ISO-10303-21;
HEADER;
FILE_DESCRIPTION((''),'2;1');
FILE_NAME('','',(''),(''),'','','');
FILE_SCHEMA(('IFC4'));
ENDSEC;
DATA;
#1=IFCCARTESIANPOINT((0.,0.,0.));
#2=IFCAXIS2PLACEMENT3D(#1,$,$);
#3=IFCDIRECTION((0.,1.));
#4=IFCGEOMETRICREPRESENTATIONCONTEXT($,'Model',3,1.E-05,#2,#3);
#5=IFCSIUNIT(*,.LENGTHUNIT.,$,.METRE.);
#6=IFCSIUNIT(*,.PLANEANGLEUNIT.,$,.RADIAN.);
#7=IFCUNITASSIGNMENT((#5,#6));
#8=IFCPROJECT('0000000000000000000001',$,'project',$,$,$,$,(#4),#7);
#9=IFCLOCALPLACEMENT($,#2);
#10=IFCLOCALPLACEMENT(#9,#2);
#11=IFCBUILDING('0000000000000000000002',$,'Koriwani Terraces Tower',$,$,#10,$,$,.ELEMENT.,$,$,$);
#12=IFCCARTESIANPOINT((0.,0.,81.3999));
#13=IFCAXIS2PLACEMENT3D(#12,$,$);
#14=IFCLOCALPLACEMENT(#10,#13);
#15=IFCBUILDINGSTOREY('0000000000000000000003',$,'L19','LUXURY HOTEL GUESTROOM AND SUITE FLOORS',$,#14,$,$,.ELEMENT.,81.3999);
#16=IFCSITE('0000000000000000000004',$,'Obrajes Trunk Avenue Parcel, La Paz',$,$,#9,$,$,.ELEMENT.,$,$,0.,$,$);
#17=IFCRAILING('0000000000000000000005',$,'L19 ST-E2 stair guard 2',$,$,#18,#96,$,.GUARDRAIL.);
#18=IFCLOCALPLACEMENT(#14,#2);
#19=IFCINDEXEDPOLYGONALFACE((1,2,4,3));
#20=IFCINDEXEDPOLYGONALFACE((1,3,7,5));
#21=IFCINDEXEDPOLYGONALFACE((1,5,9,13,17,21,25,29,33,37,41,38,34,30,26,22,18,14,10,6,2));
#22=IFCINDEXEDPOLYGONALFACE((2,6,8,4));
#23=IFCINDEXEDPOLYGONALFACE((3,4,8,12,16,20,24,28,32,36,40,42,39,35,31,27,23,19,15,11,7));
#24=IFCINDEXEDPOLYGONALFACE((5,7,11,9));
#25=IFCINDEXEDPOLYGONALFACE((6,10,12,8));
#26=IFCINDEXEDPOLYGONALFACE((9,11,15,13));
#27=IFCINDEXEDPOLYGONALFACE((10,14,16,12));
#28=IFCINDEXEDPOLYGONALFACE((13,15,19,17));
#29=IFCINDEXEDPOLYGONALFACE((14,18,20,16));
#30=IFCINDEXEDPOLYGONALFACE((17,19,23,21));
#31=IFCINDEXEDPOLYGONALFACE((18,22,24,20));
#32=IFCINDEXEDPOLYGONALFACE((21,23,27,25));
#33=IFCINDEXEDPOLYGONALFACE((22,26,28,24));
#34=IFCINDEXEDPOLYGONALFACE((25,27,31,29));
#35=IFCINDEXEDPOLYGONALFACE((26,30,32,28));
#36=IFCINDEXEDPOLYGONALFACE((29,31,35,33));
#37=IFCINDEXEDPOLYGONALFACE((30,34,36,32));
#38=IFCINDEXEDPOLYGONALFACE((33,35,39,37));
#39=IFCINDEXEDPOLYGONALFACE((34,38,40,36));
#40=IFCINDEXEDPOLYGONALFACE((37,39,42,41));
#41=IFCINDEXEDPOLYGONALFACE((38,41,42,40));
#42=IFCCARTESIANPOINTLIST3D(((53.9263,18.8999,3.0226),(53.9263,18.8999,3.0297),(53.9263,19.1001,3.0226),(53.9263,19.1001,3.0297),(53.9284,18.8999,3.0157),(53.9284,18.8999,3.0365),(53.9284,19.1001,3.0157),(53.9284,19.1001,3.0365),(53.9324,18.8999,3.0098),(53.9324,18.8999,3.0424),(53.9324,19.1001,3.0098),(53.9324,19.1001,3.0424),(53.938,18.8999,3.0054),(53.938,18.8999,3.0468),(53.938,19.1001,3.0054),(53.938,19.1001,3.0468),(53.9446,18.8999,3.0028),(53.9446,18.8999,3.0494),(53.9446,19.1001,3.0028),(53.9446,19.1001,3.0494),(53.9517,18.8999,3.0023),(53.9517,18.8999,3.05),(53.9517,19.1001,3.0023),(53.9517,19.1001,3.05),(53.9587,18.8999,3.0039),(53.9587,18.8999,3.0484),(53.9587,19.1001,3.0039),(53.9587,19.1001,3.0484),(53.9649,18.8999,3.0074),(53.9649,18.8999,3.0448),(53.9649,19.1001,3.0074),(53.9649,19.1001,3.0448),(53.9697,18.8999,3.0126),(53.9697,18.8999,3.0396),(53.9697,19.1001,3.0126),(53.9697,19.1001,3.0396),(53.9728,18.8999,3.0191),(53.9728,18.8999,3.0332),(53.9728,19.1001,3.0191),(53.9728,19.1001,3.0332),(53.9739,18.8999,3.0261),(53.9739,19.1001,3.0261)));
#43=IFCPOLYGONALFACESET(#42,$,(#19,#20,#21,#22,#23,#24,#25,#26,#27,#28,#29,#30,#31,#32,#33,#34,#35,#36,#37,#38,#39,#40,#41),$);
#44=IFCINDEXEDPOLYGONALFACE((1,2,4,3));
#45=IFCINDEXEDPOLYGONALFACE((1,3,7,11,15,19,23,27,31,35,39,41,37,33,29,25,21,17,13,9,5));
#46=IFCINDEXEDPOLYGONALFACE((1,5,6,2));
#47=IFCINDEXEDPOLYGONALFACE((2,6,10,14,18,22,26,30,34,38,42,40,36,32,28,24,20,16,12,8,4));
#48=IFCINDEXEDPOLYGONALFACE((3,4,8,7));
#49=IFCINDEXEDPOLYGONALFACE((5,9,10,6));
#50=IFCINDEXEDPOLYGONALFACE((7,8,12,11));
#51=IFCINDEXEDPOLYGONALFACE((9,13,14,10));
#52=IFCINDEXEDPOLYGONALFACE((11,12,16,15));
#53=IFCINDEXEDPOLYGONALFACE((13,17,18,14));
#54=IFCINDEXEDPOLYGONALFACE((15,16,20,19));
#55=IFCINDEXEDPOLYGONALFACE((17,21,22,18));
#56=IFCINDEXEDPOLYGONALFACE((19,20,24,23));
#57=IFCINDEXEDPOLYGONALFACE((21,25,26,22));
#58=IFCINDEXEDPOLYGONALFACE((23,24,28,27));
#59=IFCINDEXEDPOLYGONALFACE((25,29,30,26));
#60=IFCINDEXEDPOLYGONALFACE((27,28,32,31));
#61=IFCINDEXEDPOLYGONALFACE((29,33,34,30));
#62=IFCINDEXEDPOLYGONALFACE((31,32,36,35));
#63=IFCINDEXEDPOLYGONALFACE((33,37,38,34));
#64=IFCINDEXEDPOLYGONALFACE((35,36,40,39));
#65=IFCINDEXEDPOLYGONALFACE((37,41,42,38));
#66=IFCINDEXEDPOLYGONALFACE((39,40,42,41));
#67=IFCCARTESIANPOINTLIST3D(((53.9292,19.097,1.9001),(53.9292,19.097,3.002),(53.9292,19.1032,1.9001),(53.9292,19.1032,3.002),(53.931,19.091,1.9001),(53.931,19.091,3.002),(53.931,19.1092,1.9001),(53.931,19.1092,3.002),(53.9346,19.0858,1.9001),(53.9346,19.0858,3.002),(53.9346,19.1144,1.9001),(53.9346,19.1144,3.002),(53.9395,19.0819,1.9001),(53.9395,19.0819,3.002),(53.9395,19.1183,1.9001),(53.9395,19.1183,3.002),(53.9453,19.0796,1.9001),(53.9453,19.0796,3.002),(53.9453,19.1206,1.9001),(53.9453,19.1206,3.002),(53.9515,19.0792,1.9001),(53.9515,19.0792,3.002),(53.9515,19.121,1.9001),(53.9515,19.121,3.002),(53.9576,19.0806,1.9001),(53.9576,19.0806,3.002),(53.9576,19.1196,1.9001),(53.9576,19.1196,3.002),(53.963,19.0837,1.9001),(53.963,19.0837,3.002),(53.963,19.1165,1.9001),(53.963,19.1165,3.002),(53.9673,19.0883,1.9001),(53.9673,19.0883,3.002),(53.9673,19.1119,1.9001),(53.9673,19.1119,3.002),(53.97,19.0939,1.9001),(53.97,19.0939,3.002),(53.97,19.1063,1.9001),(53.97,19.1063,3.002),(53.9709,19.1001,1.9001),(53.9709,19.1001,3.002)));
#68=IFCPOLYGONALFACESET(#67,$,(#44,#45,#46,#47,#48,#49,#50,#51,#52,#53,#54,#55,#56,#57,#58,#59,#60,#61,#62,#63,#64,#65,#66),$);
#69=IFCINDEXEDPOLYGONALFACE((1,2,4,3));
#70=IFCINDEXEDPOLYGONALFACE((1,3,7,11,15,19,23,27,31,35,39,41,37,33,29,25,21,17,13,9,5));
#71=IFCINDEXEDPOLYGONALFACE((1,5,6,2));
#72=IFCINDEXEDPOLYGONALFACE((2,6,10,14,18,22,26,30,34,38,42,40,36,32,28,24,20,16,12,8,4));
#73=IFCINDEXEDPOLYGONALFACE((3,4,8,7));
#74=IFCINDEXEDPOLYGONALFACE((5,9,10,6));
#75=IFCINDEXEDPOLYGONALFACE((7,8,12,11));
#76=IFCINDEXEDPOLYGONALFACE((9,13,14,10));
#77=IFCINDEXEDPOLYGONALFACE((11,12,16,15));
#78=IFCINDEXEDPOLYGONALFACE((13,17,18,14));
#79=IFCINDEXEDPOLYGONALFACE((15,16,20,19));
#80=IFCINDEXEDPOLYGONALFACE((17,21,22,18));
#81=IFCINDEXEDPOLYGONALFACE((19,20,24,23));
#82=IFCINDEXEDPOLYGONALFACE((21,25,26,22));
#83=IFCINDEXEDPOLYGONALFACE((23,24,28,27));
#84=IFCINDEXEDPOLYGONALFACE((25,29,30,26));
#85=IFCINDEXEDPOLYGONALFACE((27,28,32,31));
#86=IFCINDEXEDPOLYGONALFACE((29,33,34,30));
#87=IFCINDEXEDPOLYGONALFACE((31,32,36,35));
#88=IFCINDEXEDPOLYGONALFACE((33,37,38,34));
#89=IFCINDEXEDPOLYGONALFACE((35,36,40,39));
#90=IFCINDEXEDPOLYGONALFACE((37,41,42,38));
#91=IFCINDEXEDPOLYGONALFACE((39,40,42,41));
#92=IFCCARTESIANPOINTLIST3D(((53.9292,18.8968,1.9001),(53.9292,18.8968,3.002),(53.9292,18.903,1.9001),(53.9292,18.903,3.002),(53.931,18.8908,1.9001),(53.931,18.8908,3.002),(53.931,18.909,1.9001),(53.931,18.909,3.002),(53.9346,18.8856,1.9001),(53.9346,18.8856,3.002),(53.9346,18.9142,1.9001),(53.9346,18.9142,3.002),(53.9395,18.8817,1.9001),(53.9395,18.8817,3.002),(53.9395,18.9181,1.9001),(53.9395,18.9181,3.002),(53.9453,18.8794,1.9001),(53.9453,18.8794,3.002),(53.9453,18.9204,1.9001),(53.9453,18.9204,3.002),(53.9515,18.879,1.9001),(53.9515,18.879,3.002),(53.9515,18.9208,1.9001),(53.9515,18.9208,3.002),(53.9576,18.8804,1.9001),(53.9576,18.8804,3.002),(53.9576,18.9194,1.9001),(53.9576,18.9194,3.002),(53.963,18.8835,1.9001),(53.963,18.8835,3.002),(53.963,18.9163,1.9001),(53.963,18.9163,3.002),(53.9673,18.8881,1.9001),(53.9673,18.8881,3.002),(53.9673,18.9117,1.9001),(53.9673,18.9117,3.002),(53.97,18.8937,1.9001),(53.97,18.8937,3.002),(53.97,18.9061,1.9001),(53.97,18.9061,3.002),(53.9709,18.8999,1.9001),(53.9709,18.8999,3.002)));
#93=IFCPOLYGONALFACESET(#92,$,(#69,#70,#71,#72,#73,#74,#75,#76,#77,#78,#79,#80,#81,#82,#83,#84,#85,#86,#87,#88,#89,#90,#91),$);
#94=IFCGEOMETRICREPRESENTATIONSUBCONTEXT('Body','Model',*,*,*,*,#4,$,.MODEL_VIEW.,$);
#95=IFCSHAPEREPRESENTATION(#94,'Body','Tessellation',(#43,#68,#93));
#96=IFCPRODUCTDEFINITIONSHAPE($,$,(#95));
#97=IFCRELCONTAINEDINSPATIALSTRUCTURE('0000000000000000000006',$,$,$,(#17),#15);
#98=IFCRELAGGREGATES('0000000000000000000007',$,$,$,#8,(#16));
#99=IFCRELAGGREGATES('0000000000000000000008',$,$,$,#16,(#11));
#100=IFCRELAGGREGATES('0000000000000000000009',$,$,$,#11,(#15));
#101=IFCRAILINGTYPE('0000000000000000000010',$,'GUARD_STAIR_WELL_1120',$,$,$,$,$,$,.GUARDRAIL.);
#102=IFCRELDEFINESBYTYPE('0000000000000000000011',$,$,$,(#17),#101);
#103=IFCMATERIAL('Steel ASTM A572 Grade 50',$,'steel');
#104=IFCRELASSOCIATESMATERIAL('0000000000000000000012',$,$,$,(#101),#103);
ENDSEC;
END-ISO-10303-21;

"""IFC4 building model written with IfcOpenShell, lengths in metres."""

from ifc_helpers import new_model, si_unit, direction, frame, origin, origin_2d, place, context, subcontext, project, spatial, circle, extrude, material, type_object, element, save


model = new_model("IFC4")

# Units and contexts
model_context = context("Model", 3, precision=1e-05, world=origin(), true_north=direction((0.0, 1.0)))
body_context = subcontext(model_context, "Body", "Model", "MODEL_VIEW")
ifc_project = project(units=[si_unit("LENGTHUNIT", "METRE"), si_unit("PLANEANGLEUNIT", "RADIAN")], contexts=[model_context])

# Site, building, storey
site_placement = place(None, origin())
site = spatial("IfcSite", under=ifc_project, at=site_placement, Name="Obrajes Trunk Avenue Parcel, La Paz", CompositionType="ELEMENT", RefElevation=0.0)
building_placement = place(site_placement, origin())
building = spatial("IfcBuilding", under=site, at=building_placement, Name="Koriwani Terraces Tower", CompositionType="ELEMENT")
storey_placement = place(building_placement, frame((0.0, 0.0, 81.3999)))
storey = spatial("IfcBuildingStorey", under=building, at=storey_placement, Name="L19", Description="LUXURY HOTEL GUESTROOM AND SUITE FLOORS", CompositionType="ELEMENT", Elevation=81.3999)

# Shared definitions
ifc_material_1 = material(Name="Steel ASTM A572 Grade 50", Category="steel")

# Railing
railing_type_1 = type_object("IfcRailingType", Name="GUARD_STAIR_WELL_1120", PredefinedType="GUARDRAIL", material=ifc_material_1)
railing_1_placement = place(storey_placement, frame((53.95, 19.1001, 1.9001)))
element("IfcRailing", 1, at=railing_1_placement, inside=storey, type_object=railing_type_1, Name="L19 ST-E2 stair guard 2", PredefinedType="GUARDRAIL", context=body_context, shape_type="SweptSolid", body=[
    extrude(circle(Radius=0.0239, at=origin_2d()), frame((0.0, 0.0, 1.126), z_axis=(0.0, -1.0, 0.0), x_axis=(1.0, 0.0, 0.0)), (0.0, 0.0, 1.0), 0.2002),
    extrude(circle(Radius=0.021, at=origin_2d()), origin(), (0.0, 0.0, 1.0), 1.1018),
    extrude(circle(Radius=0.021, at=origin_2d()), frame((0.0, -0.2002, 0.0)), (0.0, 0.0, 1.0), 1.1018),
])

save(model, "model.ifc")
